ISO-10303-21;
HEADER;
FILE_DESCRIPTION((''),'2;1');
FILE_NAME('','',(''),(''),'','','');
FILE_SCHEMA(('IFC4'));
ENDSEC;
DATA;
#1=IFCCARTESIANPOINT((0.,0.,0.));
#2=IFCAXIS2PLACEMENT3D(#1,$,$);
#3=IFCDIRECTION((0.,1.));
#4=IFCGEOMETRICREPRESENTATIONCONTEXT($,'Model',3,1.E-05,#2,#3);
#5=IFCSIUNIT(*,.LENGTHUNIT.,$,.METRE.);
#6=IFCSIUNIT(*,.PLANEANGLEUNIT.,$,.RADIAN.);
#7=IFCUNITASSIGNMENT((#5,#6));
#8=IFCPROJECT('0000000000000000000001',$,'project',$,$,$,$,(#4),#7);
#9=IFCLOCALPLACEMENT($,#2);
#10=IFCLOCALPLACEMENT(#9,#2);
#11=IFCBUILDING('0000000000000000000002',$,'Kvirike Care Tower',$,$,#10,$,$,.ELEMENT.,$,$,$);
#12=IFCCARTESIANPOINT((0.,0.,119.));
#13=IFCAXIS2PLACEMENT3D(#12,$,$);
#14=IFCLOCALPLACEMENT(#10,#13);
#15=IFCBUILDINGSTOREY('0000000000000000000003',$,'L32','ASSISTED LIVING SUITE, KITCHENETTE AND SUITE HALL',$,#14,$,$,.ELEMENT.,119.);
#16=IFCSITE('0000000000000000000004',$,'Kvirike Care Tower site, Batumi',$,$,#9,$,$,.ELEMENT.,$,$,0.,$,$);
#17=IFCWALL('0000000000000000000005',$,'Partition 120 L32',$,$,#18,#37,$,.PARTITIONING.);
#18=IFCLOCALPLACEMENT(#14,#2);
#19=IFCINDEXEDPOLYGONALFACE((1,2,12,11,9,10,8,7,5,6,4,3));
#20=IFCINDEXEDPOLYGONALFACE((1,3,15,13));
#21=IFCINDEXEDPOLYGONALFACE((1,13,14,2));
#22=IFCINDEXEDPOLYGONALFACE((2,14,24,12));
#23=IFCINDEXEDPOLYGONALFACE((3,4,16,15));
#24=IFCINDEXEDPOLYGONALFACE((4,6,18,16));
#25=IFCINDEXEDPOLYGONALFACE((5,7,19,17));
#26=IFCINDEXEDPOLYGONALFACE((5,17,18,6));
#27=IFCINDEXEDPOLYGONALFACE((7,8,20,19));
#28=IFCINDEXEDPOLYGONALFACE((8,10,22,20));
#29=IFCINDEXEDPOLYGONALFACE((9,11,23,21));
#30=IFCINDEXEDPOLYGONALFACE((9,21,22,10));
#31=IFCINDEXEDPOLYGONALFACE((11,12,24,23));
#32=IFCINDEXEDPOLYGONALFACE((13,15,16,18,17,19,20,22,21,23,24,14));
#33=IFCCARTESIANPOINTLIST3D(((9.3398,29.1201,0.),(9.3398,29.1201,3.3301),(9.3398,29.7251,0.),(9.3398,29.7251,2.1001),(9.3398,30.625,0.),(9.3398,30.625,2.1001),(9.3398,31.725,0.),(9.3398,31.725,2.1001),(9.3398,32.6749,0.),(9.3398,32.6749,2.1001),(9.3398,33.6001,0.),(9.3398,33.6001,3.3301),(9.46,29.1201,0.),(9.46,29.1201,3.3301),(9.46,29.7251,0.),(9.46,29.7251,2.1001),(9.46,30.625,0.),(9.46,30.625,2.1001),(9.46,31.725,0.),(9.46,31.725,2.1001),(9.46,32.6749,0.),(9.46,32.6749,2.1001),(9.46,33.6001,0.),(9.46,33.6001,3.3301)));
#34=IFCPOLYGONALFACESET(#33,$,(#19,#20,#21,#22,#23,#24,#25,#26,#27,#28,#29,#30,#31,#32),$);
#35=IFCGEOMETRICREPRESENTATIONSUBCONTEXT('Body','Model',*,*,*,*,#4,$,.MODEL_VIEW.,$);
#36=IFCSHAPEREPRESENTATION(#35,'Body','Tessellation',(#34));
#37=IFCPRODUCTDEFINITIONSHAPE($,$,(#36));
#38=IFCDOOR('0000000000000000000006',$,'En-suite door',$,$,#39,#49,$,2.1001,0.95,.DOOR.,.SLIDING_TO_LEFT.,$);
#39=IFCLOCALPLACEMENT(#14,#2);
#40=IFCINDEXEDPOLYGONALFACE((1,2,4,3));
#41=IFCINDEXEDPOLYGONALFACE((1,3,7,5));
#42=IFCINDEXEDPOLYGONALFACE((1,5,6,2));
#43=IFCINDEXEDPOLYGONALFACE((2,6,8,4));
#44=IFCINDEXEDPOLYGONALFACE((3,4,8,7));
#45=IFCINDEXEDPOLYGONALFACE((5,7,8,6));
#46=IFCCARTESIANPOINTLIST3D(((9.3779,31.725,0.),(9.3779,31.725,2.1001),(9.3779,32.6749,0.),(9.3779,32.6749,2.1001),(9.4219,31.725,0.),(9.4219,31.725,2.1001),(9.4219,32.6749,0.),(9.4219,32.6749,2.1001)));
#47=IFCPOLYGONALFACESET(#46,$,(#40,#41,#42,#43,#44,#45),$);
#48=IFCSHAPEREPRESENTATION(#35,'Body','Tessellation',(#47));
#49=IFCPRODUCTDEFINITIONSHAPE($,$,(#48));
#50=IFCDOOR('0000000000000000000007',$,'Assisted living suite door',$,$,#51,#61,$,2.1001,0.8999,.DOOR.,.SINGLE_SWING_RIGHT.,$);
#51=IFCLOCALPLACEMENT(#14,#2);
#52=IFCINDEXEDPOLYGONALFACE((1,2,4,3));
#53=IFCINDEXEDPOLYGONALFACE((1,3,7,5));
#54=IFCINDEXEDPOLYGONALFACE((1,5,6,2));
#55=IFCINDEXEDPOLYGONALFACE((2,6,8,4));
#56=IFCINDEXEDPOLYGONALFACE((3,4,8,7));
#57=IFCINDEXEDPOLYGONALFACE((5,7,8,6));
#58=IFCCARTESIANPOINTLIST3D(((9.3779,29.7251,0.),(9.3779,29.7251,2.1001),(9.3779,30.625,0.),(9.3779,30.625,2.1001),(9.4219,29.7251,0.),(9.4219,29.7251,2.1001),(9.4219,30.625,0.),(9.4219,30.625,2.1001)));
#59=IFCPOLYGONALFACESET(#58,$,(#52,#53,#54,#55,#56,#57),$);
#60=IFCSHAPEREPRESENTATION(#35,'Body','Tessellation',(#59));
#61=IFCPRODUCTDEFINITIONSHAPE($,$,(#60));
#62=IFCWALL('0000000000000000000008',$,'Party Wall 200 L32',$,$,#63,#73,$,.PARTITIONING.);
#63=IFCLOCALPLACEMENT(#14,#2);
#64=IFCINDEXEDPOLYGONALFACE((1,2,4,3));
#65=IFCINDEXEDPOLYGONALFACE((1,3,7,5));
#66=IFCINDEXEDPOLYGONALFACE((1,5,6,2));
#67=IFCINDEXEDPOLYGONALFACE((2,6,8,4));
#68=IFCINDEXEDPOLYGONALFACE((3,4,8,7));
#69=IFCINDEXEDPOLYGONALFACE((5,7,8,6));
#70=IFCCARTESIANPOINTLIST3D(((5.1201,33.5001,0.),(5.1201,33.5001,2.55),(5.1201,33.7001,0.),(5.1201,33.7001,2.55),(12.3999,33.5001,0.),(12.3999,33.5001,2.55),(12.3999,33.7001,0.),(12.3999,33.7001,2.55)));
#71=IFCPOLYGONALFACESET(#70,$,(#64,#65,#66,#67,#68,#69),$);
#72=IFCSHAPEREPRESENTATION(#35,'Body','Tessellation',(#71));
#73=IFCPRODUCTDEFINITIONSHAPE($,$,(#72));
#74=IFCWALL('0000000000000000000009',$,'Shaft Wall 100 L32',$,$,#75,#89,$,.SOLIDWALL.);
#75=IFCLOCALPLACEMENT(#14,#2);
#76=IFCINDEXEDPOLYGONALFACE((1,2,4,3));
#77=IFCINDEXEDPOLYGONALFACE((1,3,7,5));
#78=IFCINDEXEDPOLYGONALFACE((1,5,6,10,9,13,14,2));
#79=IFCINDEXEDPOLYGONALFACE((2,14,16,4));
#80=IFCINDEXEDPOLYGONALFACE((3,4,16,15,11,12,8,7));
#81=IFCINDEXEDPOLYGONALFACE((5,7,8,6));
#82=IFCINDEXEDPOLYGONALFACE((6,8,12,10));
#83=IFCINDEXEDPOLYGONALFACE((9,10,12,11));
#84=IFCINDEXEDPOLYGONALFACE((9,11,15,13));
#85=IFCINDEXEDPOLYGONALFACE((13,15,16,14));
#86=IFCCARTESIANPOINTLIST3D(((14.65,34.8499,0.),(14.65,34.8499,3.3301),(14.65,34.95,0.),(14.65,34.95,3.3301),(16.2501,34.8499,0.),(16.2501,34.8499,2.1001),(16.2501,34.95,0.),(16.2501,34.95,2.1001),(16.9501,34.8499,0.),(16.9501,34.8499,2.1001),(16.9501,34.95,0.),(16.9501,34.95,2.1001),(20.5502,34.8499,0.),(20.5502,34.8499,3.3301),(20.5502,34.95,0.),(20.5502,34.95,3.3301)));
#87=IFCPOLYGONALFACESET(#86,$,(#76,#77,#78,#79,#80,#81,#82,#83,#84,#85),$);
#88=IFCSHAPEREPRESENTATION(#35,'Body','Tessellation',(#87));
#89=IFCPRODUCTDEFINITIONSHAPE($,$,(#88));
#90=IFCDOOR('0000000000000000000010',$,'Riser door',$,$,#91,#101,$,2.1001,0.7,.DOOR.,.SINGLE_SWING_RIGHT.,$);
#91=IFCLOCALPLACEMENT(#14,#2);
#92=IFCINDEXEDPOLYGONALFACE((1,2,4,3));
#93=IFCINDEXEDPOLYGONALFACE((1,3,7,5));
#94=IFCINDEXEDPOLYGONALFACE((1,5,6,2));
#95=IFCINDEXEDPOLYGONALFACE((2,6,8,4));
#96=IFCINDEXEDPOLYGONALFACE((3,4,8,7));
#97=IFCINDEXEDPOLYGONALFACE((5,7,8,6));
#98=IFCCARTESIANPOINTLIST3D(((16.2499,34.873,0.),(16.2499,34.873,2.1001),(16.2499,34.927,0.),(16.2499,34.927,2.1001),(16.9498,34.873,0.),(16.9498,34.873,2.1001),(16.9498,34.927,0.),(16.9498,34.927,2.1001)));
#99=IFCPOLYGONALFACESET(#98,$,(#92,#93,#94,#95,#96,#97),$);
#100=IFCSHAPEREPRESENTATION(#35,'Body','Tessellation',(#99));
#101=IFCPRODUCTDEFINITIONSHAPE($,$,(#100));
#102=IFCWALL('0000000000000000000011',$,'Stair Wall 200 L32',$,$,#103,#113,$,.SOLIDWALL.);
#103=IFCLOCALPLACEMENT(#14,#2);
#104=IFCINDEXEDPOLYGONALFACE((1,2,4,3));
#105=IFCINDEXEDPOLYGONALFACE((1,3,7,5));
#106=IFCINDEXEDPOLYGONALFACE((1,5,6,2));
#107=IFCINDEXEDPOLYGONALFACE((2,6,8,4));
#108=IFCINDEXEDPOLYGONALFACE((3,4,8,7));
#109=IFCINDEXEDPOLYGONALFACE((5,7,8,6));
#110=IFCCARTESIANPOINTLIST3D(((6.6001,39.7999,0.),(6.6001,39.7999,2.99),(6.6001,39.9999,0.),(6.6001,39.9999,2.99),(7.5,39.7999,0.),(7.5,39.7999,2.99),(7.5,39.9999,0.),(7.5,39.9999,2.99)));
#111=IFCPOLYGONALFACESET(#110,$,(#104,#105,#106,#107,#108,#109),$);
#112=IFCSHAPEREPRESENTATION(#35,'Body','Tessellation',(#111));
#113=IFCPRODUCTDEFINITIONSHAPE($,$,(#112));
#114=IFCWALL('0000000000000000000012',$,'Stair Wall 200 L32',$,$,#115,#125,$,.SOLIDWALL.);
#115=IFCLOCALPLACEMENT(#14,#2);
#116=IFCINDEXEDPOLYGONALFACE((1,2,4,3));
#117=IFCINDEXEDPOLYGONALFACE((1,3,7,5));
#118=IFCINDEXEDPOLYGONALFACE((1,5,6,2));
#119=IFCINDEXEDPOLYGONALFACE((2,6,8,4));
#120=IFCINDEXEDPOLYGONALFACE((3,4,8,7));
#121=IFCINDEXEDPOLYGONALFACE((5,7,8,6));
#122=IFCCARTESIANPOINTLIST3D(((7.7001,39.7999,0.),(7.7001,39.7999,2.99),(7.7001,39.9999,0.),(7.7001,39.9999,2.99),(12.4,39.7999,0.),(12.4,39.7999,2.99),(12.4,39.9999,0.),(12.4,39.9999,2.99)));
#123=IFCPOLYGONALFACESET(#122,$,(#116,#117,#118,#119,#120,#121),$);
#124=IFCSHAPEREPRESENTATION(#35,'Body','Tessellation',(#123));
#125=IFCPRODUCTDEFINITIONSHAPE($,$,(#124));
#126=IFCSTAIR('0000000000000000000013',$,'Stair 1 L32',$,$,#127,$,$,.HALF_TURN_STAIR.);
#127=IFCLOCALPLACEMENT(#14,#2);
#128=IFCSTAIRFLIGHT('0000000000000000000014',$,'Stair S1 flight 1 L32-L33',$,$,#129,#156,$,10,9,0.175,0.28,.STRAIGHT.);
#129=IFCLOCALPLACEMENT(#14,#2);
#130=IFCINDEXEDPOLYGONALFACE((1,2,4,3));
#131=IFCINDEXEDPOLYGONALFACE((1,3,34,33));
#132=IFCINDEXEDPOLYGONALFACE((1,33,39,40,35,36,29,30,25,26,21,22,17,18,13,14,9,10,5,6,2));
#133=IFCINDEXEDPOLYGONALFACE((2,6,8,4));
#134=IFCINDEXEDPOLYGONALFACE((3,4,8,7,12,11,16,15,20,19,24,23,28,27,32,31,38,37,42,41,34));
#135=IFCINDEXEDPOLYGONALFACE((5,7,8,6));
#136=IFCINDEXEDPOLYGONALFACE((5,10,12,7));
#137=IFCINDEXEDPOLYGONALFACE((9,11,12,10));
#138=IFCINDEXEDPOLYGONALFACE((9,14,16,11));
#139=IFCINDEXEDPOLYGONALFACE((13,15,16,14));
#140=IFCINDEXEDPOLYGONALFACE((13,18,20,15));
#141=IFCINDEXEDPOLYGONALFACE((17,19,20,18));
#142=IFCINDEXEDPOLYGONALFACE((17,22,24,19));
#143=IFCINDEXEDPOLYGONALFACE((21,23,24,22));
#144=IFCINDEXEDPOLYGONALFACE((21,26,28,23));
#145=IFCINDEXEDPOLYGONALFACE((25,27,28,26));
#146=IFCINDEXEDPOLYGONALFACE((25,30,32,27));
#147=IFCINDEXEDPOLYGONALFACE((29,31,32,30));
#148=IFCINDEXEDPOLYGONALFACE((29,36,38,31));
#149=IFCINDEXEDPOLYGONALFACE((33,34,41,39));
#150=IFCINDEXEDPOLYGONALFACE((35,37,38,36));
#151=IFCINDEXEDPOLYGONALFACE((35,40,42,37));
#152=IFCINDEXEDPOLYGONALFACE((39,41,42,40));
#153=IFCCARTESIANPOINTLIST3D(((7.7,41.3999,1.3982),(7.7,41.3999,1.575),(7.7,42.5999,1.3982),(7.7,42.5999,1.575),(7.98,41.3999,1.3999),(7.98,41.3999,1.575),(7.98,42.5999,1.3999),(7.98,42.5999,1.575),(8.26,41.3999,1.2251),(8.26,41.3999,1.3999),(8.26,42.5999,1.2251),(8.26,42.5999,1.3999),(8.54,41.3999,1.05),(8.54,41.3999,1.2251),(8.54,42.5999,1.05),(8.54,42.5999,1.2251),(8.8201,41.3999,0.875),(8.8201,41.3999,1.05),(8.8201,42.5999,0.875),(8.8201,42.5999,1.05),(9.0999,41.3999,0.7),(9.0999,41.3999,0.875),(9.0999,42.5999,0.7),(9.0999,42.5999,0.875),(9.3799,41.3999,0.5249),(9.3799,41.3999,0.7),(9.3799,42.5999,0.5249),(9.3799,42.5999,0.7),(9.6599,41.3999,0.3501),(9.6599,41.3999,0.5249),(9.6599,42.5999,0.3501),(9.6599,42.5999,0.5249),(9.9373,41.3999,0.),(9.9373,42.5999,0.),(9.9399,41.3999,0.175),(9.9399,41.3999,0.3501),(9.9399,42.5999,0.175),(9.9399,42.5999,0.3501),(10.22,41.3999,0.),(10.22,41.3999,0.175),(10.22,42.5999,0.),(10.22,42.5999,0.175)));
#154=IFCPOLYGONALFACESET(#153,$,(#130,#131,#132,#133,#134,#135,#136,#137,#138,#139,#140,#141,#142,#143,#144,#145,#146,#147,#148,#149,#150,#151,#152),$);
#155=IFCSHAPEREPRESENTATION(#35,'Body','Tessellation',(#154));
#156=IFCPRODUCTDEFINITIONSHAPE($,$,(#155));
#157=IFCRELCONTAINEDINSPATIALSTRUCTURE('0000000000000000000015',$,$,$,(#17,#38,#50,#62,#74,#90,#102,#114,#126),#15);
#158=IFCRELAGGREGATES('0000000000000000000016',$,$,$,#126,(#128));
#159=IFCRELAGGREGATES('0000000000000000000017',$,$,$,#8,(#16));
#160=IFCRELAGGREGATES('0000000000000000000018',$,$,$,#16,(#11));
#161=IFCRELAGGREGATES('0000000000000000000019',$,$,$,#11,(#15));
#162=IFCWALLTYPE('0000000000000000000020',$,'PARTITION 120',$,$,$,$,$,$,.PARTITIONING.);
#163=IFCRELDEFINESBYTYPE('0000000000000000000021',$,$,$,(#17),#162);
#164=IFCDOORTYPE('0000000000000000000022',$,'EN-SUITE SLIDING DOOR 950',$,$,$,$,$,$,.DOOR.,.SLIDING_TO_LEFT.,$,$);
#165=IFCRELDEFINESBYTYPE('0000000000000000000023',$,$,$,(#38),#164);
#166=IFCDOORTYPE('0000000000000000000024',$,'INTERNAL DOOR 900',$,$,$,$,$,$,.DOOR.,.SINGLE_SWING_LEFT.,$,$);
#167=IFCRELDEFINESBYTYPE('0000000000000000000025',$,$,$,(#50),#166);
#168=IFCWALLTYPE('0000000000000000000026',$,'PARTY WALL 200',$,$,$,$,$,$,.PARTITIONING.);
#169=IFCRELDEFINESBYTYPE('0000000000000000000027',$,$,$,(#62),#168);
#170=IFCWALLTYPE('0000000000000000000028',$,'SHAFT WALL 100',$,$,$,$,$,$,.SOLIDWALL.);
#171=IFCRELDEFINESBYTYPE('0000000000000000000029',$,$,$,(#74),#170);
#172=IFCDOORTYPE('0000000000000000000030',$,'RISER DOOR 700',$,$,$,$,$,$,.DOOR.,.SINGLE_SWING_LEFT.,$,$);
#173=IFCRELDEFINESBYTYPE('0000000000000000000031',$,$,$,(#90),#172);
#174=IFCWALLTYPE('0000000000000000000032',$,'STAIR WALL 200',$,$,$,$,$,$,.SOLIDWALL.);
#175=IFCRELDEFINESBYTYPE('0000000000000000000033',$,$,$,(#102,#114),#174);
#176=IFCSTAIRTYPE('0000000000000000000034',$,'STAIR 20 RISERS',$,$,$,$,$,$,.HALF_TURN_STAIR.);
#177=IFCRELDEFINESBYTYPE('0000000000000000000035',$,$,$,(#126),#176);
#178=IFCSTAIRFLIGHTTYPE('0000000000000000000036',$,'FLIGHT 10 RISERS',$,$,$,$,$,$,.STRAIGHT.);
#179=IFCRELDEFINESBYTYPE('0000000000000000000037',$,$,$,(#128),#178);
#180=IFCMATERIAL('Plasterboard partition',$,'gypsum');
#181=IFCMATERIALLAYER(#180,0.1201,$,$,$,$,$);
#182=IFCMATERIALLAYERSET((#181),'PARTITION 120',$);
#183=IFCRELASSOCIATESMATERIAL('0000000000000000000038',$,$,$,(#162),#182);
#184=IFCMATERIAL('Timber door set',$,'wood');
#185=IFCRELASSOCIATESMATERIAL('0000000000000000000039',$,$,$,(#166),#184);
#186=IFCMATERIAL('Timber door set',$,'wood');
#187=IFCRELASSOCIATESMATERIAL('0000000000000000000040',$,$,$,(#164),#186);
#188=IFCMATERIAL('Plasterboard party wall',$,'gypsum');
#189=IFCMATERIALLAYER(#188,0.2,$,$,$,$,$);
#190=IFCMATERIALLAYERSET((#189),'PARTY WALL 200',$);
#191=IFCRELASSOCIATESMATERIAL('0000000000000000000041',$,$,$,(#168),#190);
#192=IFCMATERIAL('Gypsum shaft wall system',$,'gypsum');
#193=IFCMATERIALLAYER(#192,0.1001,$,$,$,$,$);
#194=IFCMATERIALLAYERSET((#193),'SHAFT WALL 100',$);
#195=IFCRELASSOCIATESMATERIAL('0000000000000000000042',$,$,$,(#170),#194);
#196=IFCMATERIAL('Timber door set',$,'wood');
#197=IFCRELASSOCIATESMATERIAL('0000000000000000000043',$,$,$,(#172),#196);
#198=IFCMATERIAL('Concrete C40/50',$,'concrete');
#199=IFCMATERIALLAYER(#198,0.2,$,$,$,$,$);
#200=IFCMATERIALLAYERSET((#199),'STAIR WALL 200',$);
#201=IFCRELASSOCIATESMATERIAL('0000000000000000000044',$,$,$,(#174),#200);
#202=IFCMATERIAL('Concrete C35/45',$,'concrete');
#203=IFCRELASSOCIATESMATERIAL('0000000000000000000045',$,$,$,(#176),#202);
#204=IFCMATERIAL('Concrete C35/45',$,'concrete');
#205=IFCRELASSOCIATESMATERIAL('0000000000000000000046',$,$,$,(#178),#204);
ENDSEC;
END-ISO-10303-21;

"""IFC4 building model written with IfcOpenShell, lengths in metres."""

from ifc_helpers import new_model, si_unit, direction, frame, frame_2d, origin, place, context, subcontext, project, spatial, polyline, rectangle, outline, extrude, material, layer, layer_set, type_object, element, fill, aggregate, save


model = new_model("IFC4")

# Units and contexts
model_context = context("Model", 3, precision=1e-05, world=origin(), true_north=direction((0.0, 1.0)))
body_context = subcontext(model_context, "Body", "Model", "MODEL_VIEW")
ifc_project = project(units=[si_unit("LENGTHUNIT", "METRE"), si_unit("PLANEANGLEUNIT", "RADIAN")], contexts=[model_context])

# Site, building, storey
site_placement = place(None, origin())
site = spatial("IfcSite", under=ifc_project, at=site_placement, Name="Kvirike Care Tower site, Batumi", CompositionType="ELEMENT", RefElevation=0.0)
building_placement = place(site_placement, origin())
building = spatial("IfcBuilding", under=site, at=building_placement, Name="Kvirike Care Tower", CompositionType="ELEMENT")
storey_placement = place(building_placement, frame((0.0, 0.0, 119.0)))
storey = spatial("IfcBuildingStorey", under=building, at=storey_placement, Name="L32", Description="ASSISTED LIVING SUITE, KITCHENETTE AND SUITE HALL", CompositionType="ELEMENT", Elevation=119.0)

# Shared definitions
ifc_material_1 = material(Name="Plasterboard partition", Category="gypsum")
ifc_layer_1 = layer(ifc_material_1, 0.1201)
ifc_layer_set_1 = layer_set([ifc_layer_1], Name="PARTITION 120")
wall_type_1 = type_object("IfcWallType", Name="PARTITION 120", PredefinedType="PARTITIONING", material=ifc_layer_set_1)
ifc_material_2 = material(Name="Timber door set", Category="wood")
door_type_1 = type_object("IfcDoorType", Name="INTERNAL DOOR 900", OperationType="SINGLE_SWING_LEFT", PredefinedType="DOOR", material=ifc_material_2)

# Wall, openings, doors
wall_1_placement = place(storey_placement, frame((9.3999, 33.6001, 0.0), z_axis=(0.0, 0.0, 1.0), x_axis=(0.0, -1.0, 0.0)))
wall_1 = element("IfcWall", 1, at=wall_1_placement, inside=storey, type_object=wall_type_1, Name="Partition 120 L32", PredefinedType="PARTITIONING", context=body_context, shape_type="SweptSolid", body=[
    extrude(rectangle(XDim=4.48, YDim=0.1201, at=frame_2d((2.24, 0.0))), origin(), (0.0, 0.0, 1.0), 3.3301),
])
opening_1_placement = place(wall_1_placement, frame((2.9751, 0.0, 0.0)))
opening_1 = element("IfcOpeningElement", 2, at=opening_1_placement, cuts=wall_1, PredefinedType="OPENING", context=body_context, shape_type="SweptSolid", body=[
    extrude(rectangle(XDim=0.8999, YDim=2.1001, at=frame_2d((0.45, 1.05))), frame((0.0, 0.0706, 0.0), z_axis=(0.0, -1.0, 0.0), x_axis=(1.0, 0.0, 0.0)), (0.0, 0.0, 1.0), 0.1411),
])
opening_2_placement = place(wall_1_placement, frame((0.925, 0.0, 0.0)))
opening_2 = element("IfcOpeningElement", 3, at=opening_2_placement, cuts=wall_1, PredefinedType="OPENING", context=body_context, shape_type="SweptSolid", body=[
    extrude(rectangle(XDim=0.95, YDim=2.1001, at=frame_2d((0.4751, 1.05))), frame((0.0, 0.0706, 0.0), z_axis=(0.0, -1.0, 0.0), x_axis=(1.0, 0.0, 0.0)), (0.0, 0.0, 1.0), 0.1411),
])
ifc_material_3 = material(Name="Timber door set", Category="wood")
door_type_2 = type_object("IfcDoorType", Name="EN-SUITE SLIDING DOOR 950", OperationType="SLIDING_TO_LEFT", PredefinedType="DOOR", material=ifc_material_3)
door_1_placement = place(opening_2_placement, origin())
door_1 = element("IfcDoor", 4, at=door_1_placement, inside=storey, type_object=door_type_2, Name="En-suite door", OperationType="SLIDING_TO_LEFT", OverallHeight=2.1001, OverallWidth=0.95, PredefinedType="DOOR", context=body_context, shape_type="SweptSolid", body=[
    extrude(rectangle(XDim=0.95, YDim=2.1001, at=frame_2d((0.4751, 1.05))), frame((0.0, 0.022, 0.0), z_axis=(0.0, -1.0, 0.0), x_axis=(1.0, 0.0, 0.0)), (0.0, 0.0, 1.0), 0.0439),
])
fill(opening_2, door_1)
door_2_placement = place(opening_1_placement, origin())
door_2 = element("IfcDoor", 5, at=door_2_placement, inside=storey, type_object=door_type_1, Name="Assisted living suite door", OperationType="SINGLE_SWING_RIGHT", OverallHeight=2.1001, OverallWidth=0.8999, PredefinedType="DOOR", context=body_context, shape_type="SweptSolid", body=[
    extrude(rectangle(XDim=0.8999, YDim=2.1001, at=frame_2d((0.45, 1.05))), frame((0.0, 0.022, 0.0), z_axis=(0.0, -1.0, 0.0), x_axis=(1.0, 0.0, 0.0)), (0.0, 0.0, 1.0), 0.0439),
])
fill(opening_1, door_2)

# Wall
ifc_material_4 = material(Name="Plasterboard party wall", Category="gypsum")
ifc_layer_2 = layer(ifc_material_4, 0.2)
ifc_layer_set_2 = layer_set([ifc_layer_2], Name="PARTY WALL 200")
wall_type_2 = type_object("IfcWallType", Name="PARTY WALL 200", PredefinedType="PARTITIONING", material=ifc_layer_set_2)
wall_2_placement = place(storey_placement, frame((5.1201, 33.6001, 0.0), z_axis=(0.0, 0.0, 1.0), x_axis=(1.0, 0.0, 0.0)))
element("IfcWall", 6, at=wall_2_placement, inside=storey, type_object=wall_type_2, Name="Party Wall 200 L32", PredefinedType="PARTITIONING", context=body_context, shape_type="SweptSolid", body=[
    extrude(rectangle(XDim=7.2798, YDim=0.2, at=frame_2d((3.6399, 0.0))), origin(), (0.0, 0.0, 1.0), 2.55),
])

# Wall, opening, door
ifc_material_5 = material(Name="Gypsum shaft wall system", Category="gypsum")
ifc_layer_3 = layer(ifc_material_5, 0.1001)
ifc_layer_set_3 = layer_set([ifc_layer_3], Name="SHAFT WALL 100")
wall_type_3 = type_object("IfcWallType", Name="SHAFT WALL 100", PredefinedType="SOLIDWALL", material=ifc_layer_set_3)
wall_3_placement = place(storey_placement, frame((14.6499, 34.8999, 0.0), z_axis=(0.0, 0.0, 1.0), x_axis=(1.0, 0.0, 0.0)))
wall_3 = element("IfcWall", 7, at=wall_3_placement, inside=storey, type_object=wall_type_3, Name="Shaft Wall 100 L32", PredefinedType="SOLIDWALL", context=body_context, shape_type="SweptSolid", body=[
    extrude(rectangle(XDim=5.9001, YDim=0.1001, at=frame_2d((2.9502, 0.0))), origin(), (0.0, 0.0, 1.0), 3.3301),
])
opening_3_placement = place(wall_3_placement, frame((1.6001, 0.0, 0.0)))
opening_3 = element("IfcOpeningElement", 8, at=opening_3_placement, cuts=wall_3, PredefinedType="OPENING", context=body_context, shape_type="SweptSolid", body=[
    extrude(rectangle(XDim=0.7, YDim=2.1001, at=frame_2d((0.3501, 1.05))), frame((0.0, 0.0605, 0.0), z_axis=(0.0, -1.0, 0.0), x_axis=(1.0, 0.0, 0.0)), (0.0, 0.0, 1.0), 0.1211),
])
ifc_material_6 = material(Name="Timber door set", Category="wood")
door_type_3 = type_object("IfcDoorType", Name="RISER DOOR 700", OperationType="SINGLE_SWING_LEFT", PredefinedType="DOOR", material=ifc_material_6)
door_3_placement = place(opening_3_placement, frame((0.7, 0.0, 0.0), z_axis=(0.0, 0.0, 1.0), x_axis=(-1.0, 0.0, 0.0)))
door_3 = element("IfcDoor", 9, at=door_3_placement, inside=storey, type_object=door_type_3, Name="Riser door", OperationType="SINGLE_SWING_RIGHT", OverallHeight=2.1001, OverallWidth=0.7, PredefinedType="DOOR", context=body_context, shape_type="SweptSolid", body=[
    extrude(rectangle(XDim=0.7, YDim=2.1001, at=frame_2d((0.3501, 1.05))), frame((0.0, 0.0269, 0.0), z_axis=(0.0, -1.0, 0.0), x_axis=(1.0, 0.0, 0.0)), (0.0, 0.0, 1.0), 0.054),
])
fill(opening_3, door_3)

# Walls
ifc_material_7 = material(Name="Concrete C40/50", Category="concrete")
ifc_layer_4 = layer(ifc_material_7, 0.2)
ifc_layer_set_4 = layer_set([ifc_layer_4], Name="STAIR WALL 200")
wall_type_4 = type_object("IfcWallType", Name="STAIR WALL 200", PredefinedType="SOLIDWALL", material=ifc_layer_set_4)
wall_4_placement = place(storey_placement, frame((6.6001, 39.8999, 0.0), z_axis=(0.0, 0.0, 1.0), x_axis=(1.0, 0.0, 0.0)))
element("IfcWall", 10, at=wall_4_placement, inside=storey, type_object=wall_type_4, Name="Stair Wall 200 L32", PredefinedType="SOLIDWALL", context=body_context, shape_type="SweptSolid", body=[
    extrude(rectangle(XDim=0.8999, YDim=0.2, at=frame_2d((0.45, 0.0))), origin(), (0.0, 0.0, 1.0), 2.99),
])
wall_5_placement = place(storey_placement, frame((7.7, 39.8999, 0.0), z_axis=(0.0, 0.0, 1.0), x_axis=(1.0, 0.0, 0.0)))
element("IfcWall", 11, at=wall_5_placement, inside=storey, type_object=wall_type_4, Name="Stair Wall 200 L32", PredefinedType="SOLIDWALL", context=body_context, shape_type="SweptSolid", body=[
    extrude(rectangle(XDim=4.7, YDim=0.2, at=frame_2d((2.3501, 0.0))), origin(), (0.0, 0.0, 1.0), 2.99),
])

# Stair, stair flight
ifc_material_8 = material(Name="Concrete C35/45", Category="concrete")
stair_type = type_object("IfcStairType", Name="STAIR 20 RISERS", PredefinedType="HALF_TURN_STAIR", material=ifc_material_8)
stair_placement = place(storey_placement, origin())
stair = element("IfcStair", 12, at=stair_placement, inside=storey, type_object=stair_type, Name="Stair 1 L32", PredefinedType="HALF_TURN_STAIR")
ifc_material_9 = material(Name="Concrete C35/45", Category="concrete")
stair_flight_type = type_object("IfcStairFlightType", Name="FLIGHT 10 RISERS", PredefinedType="STRAIGHT", material=ifc_material_9)
stair_flight_1_placement = place(storey_placement, frame((10.22, 42.0, 0.0), z_axis=(0.0, 0.0, 1.0), x_axis=(-1.0, 0.0, 0.0)))
stair_flight_1 = element("IfcStairFlight", 13, at=stair_flight_1_placement, type_object=stair_flight_type, Name="Stair S1 flight 1 L32-L33", NumberOfRisers=10, NumberOfTreads=9, PredefinedType="STRAIGHT", RiserHeight=0.175, TreadLength=0.28, context=body_context, shape_type="SweptSolid", body=[
    extrude(outline(polyline([(0.0, 0.0), (0.0, 0.175), (0.28, 0.175), (0.28, 0.3501), (0.5601, 0.3501), (0.5601, 0.5249), (0.8401, 0.5249), (0.8401, 0.7), (1.1201, 0.7), (1.1201, 0.875), (1.3999, 0.875), (1.3999, 1.05), (1.6799, 1.05), (1.6799, 1.2251), (1.96, 1.2251), (1.96, 1.3999), (2.24, 1.3999), (2.24, 1.575), (2.52, 1.575), (2.52, 1.75), (2.52, 1.3982), (0.2827, 0.0), (0.0, 0.0)])), frame((0.0, 0.6001, 0.0), z_axis=(0.0, -1.0, 0.0), x_axis=(1.0, 0.0, 0.0)), (0.0, 0.0, 1.0), 1.2),
])
aggregate(stair, [stair_flight_1])

save(model, "model.ifc")
